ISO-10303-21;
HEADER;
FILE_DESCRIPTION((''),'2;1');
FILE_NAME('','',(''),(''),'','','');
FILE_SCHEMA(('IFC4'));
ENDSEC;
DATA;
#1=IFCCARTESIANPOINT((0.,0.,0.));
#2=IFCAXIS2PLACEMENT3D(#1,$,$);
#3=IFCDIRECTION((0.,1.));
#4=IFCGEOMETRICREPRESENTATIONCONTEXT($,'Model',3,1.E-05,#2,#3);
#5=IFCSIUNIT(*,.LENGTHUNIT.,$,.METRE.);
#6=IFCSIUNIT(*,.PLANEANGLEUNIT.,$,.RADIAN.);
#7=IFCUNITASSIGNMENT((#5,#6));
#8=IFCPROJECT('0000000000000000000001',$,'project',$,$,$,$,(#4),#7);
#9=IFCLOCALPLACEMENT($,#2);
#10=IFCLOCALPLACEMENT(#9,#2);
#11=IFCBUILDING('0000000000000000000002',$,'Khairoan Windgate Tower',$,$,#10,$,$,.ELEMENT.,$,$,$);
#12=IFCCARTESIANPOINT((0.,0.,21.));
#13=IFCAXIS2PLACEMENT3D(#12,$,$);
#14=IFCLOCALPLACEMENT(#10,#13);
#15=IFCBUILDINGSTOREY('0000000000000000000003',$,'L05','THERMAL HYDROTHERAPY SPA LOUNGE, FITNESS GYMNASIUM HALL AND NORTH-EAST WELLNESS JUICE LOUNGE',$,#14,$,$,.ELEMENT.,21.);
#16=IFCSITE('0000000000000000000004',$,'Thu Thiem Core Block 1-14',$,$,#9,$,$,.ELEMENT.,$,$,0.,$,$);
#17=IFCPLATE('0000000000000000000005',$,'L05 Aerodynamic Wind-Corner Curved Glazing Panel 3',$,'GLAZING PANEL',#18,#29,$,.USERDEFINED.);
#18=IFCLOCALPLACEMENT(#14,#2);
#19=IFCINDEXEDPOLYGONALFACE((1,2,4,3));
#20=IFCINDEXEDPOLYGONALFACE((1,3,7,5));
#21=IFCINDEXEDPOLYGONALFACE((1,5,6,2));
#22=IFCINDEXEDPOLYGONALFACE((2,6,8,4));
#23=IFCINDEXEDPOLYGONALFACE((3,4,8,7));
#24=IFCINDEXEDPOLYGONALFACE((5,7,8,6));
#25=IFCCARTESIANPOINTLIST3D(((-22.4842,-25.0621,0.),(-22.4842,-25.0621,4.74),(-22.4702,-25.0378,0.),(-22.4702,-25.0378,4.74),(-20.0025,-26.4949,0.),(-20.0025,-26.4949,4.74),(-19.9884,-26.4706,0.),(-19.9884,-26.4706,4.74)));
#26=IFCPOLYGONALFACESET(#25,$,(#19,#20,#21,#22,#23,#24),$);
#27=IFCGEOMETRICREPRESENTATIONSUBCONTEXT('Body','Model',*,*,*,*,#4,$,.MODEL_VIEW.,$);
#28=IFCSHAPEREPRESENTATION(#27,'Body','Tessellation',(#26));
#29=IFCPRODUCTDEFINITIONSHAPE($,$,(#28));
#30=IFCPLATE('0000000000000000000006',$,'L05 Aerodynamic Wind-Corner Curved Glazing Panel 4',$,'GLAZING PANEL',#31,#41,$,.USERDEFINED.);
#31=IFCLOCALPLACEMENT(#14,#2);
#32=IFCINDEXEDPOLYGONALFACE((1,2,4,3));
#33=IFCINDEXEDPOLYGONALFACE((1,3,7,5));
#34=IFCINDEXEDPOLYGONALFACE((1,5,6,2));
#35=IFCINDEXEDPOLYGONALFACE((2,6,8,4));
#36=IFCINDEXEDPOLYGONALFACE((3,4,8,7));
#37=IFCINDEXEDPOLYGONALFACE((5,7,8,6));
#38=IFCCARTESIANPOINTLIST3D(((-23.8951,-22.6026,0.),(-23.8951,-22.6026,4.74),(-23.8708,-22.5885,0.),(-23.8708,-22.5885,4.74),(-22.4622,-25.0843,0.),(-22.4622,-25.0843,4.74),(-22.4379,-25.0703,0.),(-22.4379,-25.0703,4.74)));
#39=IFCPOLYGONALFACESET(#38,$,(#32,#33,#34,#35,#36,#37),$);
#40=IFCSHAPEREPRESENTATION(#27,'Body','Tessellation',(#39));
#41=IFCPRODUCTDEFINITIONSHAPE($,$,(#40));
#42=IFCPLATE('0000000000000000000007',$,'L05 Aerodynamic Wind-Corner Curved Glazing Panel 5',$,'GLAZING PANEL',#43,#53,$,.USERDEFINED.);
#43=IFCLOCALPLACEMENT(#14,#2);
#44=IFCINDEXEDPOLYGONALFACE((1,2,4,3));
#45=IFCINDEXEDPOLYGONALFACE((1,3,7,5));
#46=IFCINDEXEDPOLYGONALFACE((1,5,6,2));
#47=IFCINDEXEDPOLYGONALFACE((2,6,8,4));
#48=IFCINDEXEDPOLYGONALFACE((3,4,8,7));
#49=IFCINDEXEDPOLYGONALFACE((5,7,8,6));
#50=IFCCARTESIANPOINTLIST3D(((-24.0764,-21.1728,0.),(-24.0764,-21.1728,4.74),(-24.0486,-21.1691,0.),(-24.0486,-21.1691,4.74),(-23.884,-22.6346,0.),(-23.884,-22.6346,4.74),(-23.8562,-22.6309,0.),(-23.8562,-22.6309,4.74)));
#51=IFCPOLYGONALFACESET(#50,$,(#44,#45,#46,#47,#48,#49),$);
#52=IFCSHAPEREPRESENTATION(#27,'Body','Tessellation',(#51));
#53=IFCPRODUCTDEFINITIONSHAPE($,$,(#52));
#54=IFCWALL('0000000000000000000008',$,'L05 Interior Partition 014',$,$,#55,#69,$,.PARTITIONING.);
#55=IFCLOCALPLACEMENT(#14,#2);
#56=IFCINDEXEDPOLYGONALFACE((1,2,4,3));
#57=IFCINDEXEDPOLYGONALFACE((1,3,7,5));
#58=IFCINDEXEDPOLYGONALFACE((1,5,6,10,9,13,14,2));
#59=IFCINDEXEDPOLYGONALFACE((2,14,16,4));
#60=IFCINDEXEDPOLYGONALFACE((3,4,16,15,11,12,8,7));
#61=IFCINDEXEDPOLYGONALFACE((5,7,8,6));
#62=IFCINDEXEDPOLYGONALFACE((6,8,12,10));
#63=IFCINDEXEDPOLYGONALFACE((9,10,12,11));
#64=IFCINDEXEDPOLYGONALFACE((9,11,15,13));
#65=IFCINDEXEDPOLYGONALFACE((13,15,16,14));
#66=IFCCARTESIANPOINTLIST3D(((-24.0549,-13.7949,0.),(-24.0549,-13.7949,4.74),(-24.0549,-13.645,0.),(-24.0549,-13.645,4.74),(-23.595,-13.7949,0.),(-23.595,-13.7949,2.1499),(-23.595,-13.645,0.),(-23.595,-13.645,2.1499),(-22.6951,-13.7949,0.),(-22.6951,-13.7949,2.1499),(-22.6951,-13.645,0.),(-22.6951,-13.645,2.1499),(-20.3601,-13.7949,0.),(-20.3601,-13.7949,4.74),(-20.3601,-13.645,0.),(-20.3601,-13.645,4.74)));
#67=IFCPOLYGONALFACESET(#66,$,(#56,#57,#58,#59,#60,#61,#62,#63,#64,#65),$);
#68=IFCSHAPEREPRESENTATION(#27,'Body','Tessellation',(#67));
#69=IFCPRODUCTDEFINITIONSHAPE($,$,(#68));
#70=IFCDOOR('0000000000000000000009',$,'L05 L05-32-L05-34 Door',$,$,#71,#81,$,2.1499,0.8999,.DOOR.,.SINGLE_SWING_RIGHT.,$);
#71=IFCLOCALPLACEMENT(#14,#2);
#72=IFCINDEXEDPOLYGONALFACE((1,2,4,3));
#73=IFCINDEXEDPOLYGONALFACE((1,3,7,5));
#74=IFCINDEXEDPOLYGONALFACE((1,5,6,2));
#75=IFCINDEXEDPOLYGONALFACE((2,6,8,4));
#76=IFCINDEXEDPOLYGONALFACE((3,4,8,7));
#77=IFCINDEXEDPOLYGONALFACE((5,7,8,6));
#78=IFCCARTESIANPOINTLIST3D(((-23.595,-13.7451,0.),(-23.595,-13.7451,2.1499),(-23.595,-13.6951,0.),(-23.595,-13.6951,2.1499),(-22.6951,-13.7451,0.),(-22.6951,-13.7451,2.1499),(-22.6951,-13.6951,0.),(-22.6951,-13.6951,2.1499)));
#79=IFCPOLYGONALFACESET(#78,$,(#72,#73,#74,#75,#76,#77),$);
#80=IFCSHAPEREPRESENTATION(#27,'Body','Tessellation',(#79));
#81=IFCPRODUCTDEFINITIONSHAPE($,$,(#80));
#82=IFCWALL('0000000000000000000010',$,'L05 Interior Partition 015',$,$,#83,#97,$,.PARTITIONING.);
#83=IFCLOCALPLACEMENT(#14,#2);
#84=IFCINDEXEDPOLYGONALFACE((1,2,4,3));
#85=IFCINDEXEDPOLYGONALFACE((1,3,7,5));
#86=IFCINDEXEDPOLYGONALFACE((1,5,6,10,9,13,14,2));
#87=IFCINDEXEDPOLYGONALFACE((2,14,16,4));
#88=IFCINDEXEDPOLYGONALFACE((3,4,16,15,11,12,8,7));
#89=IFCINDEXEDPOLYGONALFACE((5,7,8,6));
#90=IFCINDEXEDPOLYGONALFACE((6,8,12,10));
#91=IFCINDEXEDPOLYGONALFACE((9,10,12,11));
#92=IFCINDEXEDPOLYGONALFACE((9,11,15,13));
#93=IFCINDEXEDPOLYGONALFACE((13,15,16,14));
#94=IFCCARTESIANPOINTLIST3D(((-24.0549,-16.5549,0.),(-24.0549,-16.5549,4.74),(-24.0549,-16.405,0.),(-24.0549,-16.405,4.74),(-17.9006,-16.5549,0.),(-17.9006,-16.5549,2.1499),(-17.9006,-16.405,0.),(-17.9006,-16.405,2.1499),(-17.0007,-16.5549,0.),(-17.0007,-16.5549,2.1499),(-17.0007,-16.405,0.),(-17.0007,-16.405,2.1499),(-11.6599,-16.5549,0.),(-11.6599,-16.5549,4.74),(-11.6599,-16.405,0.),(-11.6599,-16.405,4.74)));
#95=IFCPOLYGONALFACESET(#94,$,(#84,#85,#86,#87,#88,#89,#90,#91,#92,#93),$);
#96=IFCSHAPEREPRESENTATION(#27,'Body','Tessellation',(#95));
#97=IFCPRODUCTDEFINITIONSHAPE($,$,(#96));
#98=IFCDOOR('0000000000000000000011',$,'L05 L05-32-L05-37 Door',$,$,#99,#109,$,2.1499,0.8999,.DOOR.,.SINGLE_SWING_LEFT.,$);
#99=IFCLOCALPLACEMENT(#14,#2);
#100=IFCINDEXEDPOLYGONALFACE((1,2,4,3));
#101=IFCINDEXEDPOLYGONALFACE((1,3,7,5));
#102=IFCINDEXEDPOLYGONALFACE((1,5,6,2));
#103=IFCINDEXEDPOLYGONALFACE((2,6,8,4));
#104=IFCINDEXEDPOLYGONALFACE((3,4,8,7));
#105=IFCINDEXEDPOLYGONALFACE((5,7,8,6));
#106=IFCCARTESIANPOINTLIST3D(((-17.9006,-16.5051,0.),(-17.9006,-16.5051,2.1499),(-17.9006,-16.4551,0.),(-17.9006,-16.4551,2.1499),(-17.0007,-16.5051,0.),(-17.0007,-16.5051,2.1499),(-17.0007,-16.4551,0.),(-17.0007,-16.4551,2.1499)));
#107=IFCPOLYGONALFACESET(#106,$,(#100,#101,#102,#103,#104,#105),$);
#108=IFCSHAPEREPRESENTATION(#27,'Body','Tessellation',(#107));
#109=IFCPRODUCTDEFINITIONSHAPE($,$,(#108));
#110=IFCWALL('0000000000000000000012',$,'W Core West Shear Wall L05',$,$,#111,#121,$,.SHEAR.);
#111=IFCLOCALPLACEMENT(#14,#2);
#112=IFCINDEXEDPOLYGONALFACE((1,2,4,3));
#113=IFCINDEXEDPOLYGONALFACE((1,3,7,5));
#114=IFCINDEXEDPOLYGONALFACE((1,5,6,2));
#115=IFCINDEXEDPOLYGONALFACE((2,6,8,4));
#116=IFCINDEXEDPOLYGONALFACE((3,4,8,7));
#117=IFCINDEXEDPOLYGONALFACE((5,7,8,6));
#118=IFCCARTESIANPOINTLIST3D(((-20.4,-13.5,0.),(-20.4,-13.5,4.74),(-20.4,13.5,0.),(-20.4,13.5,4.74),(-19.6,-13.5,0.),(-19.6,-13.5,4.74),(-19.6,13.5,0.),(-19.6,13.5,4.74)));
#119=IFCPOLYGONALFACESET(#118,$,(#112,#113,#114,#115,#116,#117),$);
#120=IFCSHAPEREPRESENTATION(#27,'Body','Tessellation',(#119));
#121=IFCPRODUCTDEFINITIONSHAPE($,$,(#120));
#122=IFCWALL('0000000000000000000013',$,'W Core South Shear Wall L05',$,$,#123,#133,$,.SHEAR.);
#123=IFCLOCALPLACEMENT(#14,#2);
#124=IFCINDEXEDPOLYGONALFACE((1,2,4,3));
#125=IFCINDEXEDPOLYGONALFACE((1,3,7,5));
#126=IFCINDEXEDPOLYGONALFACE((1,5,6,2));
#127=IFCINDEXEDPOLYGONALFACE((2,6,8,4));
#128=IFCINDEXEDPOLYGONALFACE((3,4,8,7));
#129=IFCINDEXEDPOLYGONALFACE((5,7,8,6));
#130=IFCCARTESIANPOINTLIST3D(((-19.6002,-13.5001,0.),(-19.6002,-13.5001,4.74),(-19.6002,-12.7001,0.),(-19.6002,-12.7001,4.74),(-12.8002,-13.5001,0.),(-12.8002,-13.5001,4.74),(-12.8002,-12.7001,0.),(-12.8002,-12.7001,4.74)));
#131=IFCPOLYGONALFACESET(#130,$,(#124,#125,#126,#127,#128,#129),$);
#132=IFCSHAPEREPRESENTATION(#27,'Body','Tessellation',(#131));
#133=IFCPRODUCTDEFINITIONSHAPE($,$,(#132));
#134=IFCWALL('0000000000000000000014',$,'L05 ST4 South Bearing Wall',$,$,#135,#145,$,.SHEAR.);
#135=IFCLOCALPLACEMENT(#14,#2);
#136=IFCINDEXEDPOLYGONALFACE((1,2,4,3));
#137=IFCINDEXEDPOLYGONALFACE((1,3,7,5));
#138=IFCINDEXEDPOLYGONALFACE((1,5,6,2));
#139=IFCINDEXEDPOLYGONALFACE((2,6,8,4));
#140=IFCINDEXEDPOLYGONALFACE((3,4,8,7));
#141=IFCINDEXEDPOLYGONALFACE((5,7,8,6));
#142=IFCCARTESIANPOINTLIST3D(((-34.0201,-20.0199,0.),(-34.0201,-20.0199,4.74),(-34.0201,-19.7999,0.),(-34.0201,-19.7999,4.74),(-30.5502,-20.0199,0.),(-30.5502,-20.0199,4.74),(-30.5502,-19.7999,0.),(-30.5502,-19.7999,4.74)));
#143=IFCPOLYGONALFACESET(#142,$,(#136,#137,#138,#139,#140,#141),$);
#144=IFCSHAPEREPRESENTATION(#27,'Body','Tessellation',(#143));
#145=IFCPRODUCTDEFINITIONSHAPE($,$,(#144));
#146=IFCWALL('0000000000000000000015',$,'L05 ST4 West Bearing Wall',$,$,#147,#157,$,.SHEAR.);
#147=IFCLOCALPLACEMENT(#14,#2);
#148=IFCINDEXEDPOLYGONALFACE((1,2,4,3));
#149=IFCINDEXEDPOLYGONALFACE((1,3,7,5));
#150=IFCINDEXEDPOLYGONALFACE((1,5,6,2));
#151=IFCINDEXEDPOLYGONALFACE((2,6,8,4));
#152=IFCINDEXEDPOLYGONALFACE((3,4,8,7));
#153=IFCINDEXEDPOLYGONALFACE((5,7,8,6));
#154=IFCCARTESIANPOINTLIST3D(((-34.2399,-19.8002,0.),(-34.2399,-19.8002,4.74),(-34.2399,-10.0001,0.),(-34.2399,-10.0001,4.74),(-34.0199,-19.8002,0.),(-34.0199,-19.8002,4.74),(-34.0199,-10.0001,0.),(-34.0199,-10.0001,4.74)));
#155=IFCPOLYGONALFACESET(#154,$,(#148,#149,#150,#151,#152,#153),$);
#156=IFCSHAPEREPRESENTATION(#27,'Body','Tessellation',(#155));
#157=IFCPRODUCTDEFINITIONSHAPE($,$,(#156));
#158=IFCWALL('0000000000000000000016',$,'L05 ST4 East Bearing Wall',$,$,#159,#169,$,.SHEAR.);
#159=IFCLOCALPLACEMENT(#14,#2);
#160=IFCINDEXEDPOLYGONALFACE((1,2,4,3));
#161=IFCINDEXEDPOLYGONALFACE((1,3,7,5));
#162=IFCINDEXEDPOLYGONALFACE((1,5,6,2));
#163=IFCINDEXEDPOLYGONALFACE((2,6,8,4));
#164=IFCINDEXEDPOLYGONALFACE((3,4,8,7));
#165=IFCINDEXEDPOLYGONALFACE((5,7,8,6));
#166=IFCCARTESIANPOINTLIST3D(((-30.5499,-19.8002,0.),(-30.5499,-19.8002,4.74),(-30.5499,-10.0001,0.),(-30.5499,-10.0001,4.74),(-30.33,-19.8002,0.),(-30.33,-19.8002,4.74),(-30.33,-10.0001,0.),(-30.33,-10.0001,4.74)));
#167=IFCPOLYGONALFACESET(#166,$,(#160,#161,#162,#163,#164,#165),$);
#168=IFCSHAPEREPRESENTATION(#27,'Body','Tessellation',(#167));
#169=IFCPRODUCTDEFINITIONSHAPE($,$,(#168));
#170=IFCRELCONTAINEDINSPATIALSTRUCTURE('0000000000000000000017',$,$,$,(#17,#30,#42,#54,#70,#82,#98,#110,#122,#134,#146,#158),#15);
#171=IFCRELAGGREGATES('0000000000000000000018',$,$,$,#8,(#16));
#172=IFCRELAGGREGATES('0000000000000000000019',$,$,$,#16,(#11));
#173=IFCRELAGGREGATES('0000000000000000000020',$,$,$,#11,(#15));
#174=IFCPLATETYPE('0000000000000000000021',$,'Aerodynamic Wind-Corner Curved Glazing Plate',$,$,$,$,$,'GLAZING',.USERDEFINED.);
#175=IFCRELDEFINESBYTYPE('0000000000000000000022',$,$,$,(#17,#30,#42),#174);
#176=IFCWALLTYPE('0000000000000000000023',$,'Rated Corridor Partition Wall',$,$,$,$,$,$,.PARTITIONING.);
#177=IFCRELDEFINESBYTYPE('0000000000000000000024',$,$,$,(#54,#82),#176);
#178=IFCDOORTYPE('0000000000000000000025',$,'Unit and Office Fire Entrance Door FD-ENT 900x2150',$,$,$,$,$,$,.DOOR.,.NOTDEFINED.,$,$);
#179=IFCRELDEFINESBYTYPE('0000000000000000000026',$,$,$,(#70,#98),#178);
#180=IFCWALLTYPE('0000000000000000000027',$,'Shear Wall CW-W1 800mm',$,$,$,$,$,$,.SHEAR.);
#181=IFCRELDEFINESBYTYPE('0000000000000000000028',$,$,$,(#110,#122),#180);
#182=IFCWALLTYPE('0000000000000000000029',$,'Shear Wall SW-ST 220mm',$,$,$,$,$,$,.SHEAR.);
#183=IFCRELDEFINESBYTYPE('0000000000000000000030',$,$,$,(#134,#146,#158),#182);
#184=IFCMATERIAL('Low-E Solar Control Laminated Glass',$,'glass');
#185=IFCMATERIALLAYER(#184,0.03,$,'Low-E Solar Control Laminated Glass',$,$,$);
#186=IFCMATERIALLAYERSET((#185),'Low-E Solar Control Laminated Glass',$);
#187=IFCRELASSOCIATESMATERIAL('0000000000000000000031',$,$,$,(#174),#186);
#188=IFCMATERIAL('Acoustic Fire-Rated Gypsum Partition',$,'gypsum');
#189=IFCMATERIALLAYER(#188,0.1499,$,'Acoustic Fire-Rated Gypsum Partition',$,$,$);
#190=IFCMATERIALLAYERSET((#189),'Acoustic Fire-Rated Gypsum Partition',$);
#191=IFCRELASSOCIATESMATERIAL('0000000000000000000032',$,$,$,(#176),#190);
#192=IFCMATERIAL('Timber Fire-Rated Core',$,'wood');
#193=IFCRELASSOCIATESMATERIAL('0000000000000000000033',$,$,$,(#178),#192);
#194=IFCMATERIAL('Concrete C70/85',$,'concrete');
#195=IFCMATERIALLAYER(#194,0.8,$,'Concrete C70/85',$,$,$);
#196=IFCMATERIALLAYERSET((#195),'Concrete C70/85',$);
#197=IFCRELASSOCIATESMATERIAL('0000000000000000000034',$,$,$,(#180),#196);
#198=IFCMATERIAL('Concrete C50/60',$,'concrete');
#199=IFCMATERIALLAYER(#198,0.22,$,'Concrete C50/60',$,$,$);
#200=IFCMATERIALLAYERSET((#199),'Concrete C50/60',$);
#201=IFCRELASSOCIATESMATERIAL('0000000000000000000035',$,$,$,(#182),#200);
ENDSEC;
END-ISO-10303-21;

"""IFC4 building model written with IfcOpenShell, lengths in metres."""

from ifc_helpers import new_model, si_unit, direction, frame, frame_2d, origin, origin_2d, place, context, subcontext, project, spatial, rectangle, extrude, material, layer, layer_set, type_object, element, fill, save


model = new_model("IFC4")

# Units and contexts
model_context = context("Model", 3, precision=1e-05, world=origin(), true_north=direction((0.0, 1.0)))
body_context = subcontext(model_context, "Body", "Model", "MODEL_VIEW")
ifc_project = project(units=[si_unit("LENGTHUNIT", "METRE"), si_unit("PLANEANGLEUNIT", "RADIAN")], contexts=[model_context])

# Site, building, storey
site_placement = place(None, origin())
site = spatial("IfcSite", under=ifc_project, at=site_placement, Name="Thu Thiem Core Block 1-14", CompositionType="ELEMENT", RefElevation=0.0)
building_placement = place(site_placement, origin())
building = spatial("IfcBuilding", under=site, at=building_placement, Name="Khairoan Windgate Tower", CompositionType="ELEMENT")
storey_placement = place(building_placement, frame((0.0, 0.0, 21.0)))
storey = spatial("IfcBuildingStorey", under=building, at=storey_placement, Name="L05", Description="THERMAL HYDROTHERAPY SPA LOUNGE, FITNESS GYMNASIUM HALL AND NORTH-EAST WELLNESS JUICE LOUNGE", CompositionType="ELEMENT", Elevation=21.0)

# Plates
ifc_material_1 = material(Name="Low-E Solar Control Laminated Glass", Category="glass")
ifc_layer_1 = layer(ifc_material_1, 0.03, Name="Low-E Solar Control Laminated Glass")
ifc_layer_set_1 = layer_set([ifc_layer_1], Name="Low-E Solar Control Laminated Glass")
plate_type_1 = type_object("IfcPlateType", Name="Aerodynamic Wind-Corner Curved Glazing Plate", ElementType="GLAZING", PredefinedType="USERDEFINED", material=ifc_layer_set_1)
for number, where, z_axis, x_axis, name in (
    (1, (-21.2363, -25.7664, 0.0), (0.0, 0.0, 1.0), (-0.866025, 0.5, 0.0), "L05 Aerodynamic Wind-Corner Curved Glazing Panel 3"),
    (2, (-23.1665, -23.8364, 0.0), (0.0, 0.0, 1.0), (-0.5, 0.866025, 0.0), "L05 Aerodynamic Wind-Corner Curved Glazing Panel 4"),
):
    element("IfcPlate", number, at=place(storey_placement, frame(where, z_axis=z_axis, x_axis=x_axis)), inside=storey, type_object=plate_type_1, Name=name, ObjectType="GLAZING PANEL", PredefinedType="USERDEFINED", context=body_context, shape_type="SweptSolid", body=[
        extrude(rectangle(XDim=2.8657, YDim=0.0281, at=origin_2d()), origin(), (0.0, 0.0, 1.0), 4.74),
    ])
plate_1_placement = place(storey_placement, frame((-23.9663, -21.9019, 0.0), z_axis=(0.0, 0.0, 1.0), x_axis=(-0.130526, 0.991445, 0.0)))
element("IfcPlate", 3, at=plate_1_placement, inside=storey, type_object=plate_type_1, Name="L05 Aerodynamic Wind-Corner Curved Glazing Panel 5", ObjectType="GLAZING PANEL", PredefinedType="USERDEFINED", context=body_context, shape_type="SweptSolid", body=[
    extrude(rectangle(XDim=1.4744, YDim=0.0281, at=origin_2d()), origin(), (0.0, 0.0, 1.0), 4.74),
])

# Walls, openings, doors
ifc_material_2 = material(Name="Acoustic Fire-Rated Gypsum Partition", Category="gypsum")
ifc_layer_2 = layer(ifc_material_2, 0.1499, Name="Acoustic Fire-Rated Gypsum Partition")
ifc_layer_set_2 = layer_set([ifc_layer_2], Name="Acoustic Fire-Rated Gypsum Partition")
wall_type_1 = type_object("IfcWallType", Name="Rated Corridor Partition Wall", PredefinedType="PARTITIONING", material=ifc_layer_set_2)
wall_1_placement = place(storey_placement, frame((-24.0549, -13.72, 0.0), z_axis=(0.0, 0.0, 1.0), x_axis=(1.0, 0.0, 0.0)))
wall_1 = element("IfcWall", 4, at=wall_1_placement, inside=storey, type_object=wall_type_1, Name="L05 Interior Partition 014", PredefinedType="PARTITIONING", context=body_context, shape_type="SweptSolid", body=[
    extrude(rectangle(XDim=3.6948, YDim=0.1499, at=frame_2d((1.8474, 0.0))), origin(), (0.0, 0.0, 1.0), 4.74),
])
opening_1_placement = place(wall_1_placement, frame((0.46, 0.0, 0.0)))
opening_1 = element("IfcOpeningElement", 5, at=opening_1_placement, cuts=wall_1, PredefinedType="OPENING", context=body_context, shape_type="SweptSolid", body=[
    extrude(rectangle(XDim=0.8999, YDim=2.1499, at=frame_2d((0.45, 1.075))), frame((0.0, 0.085, 0.0), z_axis=(0.0, -1.0, 0.0), x_axis=(1.0, 0.0, 0.0)), (0.0, 0.0, 1.0), 0.1699),
])
ifc_material_3 = material(Name="Timber Fire-Rated Core", Category="wood")
door_type = type_object("IfcDoorType", Name="Unit and Office Fire Entrance Door FD-ENT 900x2150", OperationType="NOTDEFINED", PredefinedType="DOOR", material=ifc_material_3)
door_1_placement = place(opening_1_placement, origin())
door_1 = element("IfcDoor", 6, at=door_1_placement, inside=storey, type_object=door_type, Name="L05 L05-32-L05-34 Door", OperationType="SINGLE_SWING_RIGHT", OverallHeight=2.1499, OverallWidth=0.8999, PredefinedType="DOOR", context=body_context, shape_type="SweptSolid", body=[
    extrude(rectangle(XDim=0.8999, YDim=2.1499, at=frame_2d((0.45, 1.075))), frame((0.0, 0.0249, 0.0), z_axis=(0.0, -1.0, 0.0), x_axis=(1.0, 0.0, 0.0)), (0.0, 0.0, 1.0), 0.05),
])
fill(opening_1, door_1)
wall_2_placement = place(storey_placement, frame((-24.0549, -16.48, 0.0), z_axis=(0.0, 0.0, 1.0), x_axis=(1.0, 0.0, 0.0)))
wall_2 = element("IfcWall", 7, at=wall_2_placement, inside=storey, type_object=wall_type_1, Name="L05 Interior Partition 015", PredefinedType="PARTITIONING", context=body_context, shape_type="SweptSolid", body=[
    extrude(rectangle(XDim=12.395, YDim=0.1499, at=frame_2d((6.1975, 0.0))), origin(), (0.0, 0.0, 1.0), 4.74),
])
opening_2_placement = place(wall_2_placement, frame((6.1543, 0.0, 0.0)))
opening_2 = element("IfcOpeningElement", 8, at=opening_2_placement, cuts=wall_2, PredefinedType="OPENING", context=body_context, shape_type="SweptSolid", body=[
    extrude(rectangle(XDim=0.8999, YDim=2.1499, at=frame_2d((0.45, 1.075))), frame((0.0, 0.085, 0.0), z_axis=(0.0, -1.0, 0.0), x_axis=(1.0, 0.0, 0.0)), (0.0, 0.0, 1.0), 0.1699),
])
door_2_placement = place(opening_2_placement, origin())
door_2 = element("IfcDoor", 9, at=door_2_placement, inside=storey, type_object=door_type, Name="L05 L05-32-L05-37 Door", OperationType="SINGLE_SWING_LEFT", OverallHeight=2.1499, OverallWidth=0.8999, PredefinedType="DOOR", context=body_context, shape_type="SweptSolid", body=[
    extrude(rectangle(XDim=0.8999, YDim=2.1499, at=frame_2d((0.45, 1.075))), frame((0.0, 0.0249, 0.0), z_axis=(0.0, -1.0, 0.0), x_axis=(1.0, 0.0, 0.0)), (0.0, 0.0, 1.0), 0.05),
])
fill(opening_2, door_2)

# Walls
ifc_material_4 = material(Name="Concrete C70/85", Category="concrete")
ifc_layer_3 = layer(ifc_material_4, 0.8, Name="Concrete C70/85")
ifc_layer_set_3 = layer_set([ifc_layer_3], Name="Concrete C70/85")
wall_type_2 = type_object("IfcWallType", Name="Shear Wall CW-W1 800mm", PredefinedType="SHEAR", material=ifc_layer_set_3)
wall_3_placement = place(storey_placement, frame((-20.0, -13.5, 0.0), z_axis=(0.0, 0.0, 1.0), x_axis=(0.0, 1.0, 0.0)))
element("IfcWall", 10, at=wall_3_placement, inside=storey, type_object=wall_type_2, Name="W Core West Shear Wall L05", PredefinedType="SHEAR", context=body_context, shape_type="SweptSolid", body=[
    extrude(rectangle(XDim=27.0, YDim=0.8, at=frame_2d((13.5, 0.0))), origin(), (0.0, 0.0, 1.0), 4.74),
])
wall_4_placement = place(storey_placement, frame((-19.6001, -13.1001, 0.0), z_axis=(0.0, 0.0, 1.0), x_axis=(1.0, 0.0, 0.0)))
element("IfcWall", 11, at=wall_4_placement, inside=storey, type_object=wall_type_2, Name="W Core South Shear Wall L05", PredefinedType="SHEAR", context=body_context, shape_type="SweptSolid", body=[
    extrude(rectangle(XDim=6.8, YDim=0.8, at=frame_2d((3.3999, 0.0))), origin(), (0.0, 0.0, 1.0), 4.74),
])
ifc_material_5 = material(Name="Concrete C50/60", Category="concrete")
ifc_layer_4 = layer(ifc_material_5, 0.22, Name="Concrete C50/60")
ifc_layer_set_4 = layer_set([ifc_layer_4], Name="Concrete C50/60")
wall_type_3 = type_object("IfcWallType", Name="Shear Wall SW-ST 220mm", PredefinedType="SHEAR", material=ifc_layer_set_4)
wall_5_placement = place(storey_placement, frame((-34.02, -19.9099, 0.0), z_axis=(0.0, 0.0, 1.0), x_axis=(1.0, 0.0, 0.0)))
element("IfcWall", 12, at=wall_5_placement, inside=storey, type_object=wall_type_3, Name="L05 ST4 South Bearing Wall", PredefinedType="SHEAR", context=body_context, shape_type="SweptSolid", body=[
    extrude(rectangle(XDim=3.47, YDim=0.22, at=frame_2d((1.7349, 0.0))), origin(), (0.0, 0.0, 1.0), 4.74),
])
for number, where, z_axis, x_axis, name in (
    (13, (-34.1299, -19.8, 0.0), (0.0, 0.0, 1.0), (0.0, 1.0, 0.0), "L05 ST4 West Bearing Wall"),
    (14, (-30.4399, -19.8, 0.0), (0.0, 0.0, 1.0), (0.0, 1.0, 0.0), "L05 ST4 East Bearing Wall"),
):
    element("IfcWall", number, at=place(storey_placement, frame(where, z_axis=z_axis, x_axis=x_axis)), inside=storey, type_object=wall_type_3, Name=name, PredefinedType="SHEAR", context=body_context, shape_type="SweptSolid", body=[
        extrude(rectangle(XDim=9.8, YDim=0.22, at=frame_2d((4.8999, 0.0))), origin(), (0.0, 0.0, 1.0), 4.74),
    ])

save(model, "model.ifc")
